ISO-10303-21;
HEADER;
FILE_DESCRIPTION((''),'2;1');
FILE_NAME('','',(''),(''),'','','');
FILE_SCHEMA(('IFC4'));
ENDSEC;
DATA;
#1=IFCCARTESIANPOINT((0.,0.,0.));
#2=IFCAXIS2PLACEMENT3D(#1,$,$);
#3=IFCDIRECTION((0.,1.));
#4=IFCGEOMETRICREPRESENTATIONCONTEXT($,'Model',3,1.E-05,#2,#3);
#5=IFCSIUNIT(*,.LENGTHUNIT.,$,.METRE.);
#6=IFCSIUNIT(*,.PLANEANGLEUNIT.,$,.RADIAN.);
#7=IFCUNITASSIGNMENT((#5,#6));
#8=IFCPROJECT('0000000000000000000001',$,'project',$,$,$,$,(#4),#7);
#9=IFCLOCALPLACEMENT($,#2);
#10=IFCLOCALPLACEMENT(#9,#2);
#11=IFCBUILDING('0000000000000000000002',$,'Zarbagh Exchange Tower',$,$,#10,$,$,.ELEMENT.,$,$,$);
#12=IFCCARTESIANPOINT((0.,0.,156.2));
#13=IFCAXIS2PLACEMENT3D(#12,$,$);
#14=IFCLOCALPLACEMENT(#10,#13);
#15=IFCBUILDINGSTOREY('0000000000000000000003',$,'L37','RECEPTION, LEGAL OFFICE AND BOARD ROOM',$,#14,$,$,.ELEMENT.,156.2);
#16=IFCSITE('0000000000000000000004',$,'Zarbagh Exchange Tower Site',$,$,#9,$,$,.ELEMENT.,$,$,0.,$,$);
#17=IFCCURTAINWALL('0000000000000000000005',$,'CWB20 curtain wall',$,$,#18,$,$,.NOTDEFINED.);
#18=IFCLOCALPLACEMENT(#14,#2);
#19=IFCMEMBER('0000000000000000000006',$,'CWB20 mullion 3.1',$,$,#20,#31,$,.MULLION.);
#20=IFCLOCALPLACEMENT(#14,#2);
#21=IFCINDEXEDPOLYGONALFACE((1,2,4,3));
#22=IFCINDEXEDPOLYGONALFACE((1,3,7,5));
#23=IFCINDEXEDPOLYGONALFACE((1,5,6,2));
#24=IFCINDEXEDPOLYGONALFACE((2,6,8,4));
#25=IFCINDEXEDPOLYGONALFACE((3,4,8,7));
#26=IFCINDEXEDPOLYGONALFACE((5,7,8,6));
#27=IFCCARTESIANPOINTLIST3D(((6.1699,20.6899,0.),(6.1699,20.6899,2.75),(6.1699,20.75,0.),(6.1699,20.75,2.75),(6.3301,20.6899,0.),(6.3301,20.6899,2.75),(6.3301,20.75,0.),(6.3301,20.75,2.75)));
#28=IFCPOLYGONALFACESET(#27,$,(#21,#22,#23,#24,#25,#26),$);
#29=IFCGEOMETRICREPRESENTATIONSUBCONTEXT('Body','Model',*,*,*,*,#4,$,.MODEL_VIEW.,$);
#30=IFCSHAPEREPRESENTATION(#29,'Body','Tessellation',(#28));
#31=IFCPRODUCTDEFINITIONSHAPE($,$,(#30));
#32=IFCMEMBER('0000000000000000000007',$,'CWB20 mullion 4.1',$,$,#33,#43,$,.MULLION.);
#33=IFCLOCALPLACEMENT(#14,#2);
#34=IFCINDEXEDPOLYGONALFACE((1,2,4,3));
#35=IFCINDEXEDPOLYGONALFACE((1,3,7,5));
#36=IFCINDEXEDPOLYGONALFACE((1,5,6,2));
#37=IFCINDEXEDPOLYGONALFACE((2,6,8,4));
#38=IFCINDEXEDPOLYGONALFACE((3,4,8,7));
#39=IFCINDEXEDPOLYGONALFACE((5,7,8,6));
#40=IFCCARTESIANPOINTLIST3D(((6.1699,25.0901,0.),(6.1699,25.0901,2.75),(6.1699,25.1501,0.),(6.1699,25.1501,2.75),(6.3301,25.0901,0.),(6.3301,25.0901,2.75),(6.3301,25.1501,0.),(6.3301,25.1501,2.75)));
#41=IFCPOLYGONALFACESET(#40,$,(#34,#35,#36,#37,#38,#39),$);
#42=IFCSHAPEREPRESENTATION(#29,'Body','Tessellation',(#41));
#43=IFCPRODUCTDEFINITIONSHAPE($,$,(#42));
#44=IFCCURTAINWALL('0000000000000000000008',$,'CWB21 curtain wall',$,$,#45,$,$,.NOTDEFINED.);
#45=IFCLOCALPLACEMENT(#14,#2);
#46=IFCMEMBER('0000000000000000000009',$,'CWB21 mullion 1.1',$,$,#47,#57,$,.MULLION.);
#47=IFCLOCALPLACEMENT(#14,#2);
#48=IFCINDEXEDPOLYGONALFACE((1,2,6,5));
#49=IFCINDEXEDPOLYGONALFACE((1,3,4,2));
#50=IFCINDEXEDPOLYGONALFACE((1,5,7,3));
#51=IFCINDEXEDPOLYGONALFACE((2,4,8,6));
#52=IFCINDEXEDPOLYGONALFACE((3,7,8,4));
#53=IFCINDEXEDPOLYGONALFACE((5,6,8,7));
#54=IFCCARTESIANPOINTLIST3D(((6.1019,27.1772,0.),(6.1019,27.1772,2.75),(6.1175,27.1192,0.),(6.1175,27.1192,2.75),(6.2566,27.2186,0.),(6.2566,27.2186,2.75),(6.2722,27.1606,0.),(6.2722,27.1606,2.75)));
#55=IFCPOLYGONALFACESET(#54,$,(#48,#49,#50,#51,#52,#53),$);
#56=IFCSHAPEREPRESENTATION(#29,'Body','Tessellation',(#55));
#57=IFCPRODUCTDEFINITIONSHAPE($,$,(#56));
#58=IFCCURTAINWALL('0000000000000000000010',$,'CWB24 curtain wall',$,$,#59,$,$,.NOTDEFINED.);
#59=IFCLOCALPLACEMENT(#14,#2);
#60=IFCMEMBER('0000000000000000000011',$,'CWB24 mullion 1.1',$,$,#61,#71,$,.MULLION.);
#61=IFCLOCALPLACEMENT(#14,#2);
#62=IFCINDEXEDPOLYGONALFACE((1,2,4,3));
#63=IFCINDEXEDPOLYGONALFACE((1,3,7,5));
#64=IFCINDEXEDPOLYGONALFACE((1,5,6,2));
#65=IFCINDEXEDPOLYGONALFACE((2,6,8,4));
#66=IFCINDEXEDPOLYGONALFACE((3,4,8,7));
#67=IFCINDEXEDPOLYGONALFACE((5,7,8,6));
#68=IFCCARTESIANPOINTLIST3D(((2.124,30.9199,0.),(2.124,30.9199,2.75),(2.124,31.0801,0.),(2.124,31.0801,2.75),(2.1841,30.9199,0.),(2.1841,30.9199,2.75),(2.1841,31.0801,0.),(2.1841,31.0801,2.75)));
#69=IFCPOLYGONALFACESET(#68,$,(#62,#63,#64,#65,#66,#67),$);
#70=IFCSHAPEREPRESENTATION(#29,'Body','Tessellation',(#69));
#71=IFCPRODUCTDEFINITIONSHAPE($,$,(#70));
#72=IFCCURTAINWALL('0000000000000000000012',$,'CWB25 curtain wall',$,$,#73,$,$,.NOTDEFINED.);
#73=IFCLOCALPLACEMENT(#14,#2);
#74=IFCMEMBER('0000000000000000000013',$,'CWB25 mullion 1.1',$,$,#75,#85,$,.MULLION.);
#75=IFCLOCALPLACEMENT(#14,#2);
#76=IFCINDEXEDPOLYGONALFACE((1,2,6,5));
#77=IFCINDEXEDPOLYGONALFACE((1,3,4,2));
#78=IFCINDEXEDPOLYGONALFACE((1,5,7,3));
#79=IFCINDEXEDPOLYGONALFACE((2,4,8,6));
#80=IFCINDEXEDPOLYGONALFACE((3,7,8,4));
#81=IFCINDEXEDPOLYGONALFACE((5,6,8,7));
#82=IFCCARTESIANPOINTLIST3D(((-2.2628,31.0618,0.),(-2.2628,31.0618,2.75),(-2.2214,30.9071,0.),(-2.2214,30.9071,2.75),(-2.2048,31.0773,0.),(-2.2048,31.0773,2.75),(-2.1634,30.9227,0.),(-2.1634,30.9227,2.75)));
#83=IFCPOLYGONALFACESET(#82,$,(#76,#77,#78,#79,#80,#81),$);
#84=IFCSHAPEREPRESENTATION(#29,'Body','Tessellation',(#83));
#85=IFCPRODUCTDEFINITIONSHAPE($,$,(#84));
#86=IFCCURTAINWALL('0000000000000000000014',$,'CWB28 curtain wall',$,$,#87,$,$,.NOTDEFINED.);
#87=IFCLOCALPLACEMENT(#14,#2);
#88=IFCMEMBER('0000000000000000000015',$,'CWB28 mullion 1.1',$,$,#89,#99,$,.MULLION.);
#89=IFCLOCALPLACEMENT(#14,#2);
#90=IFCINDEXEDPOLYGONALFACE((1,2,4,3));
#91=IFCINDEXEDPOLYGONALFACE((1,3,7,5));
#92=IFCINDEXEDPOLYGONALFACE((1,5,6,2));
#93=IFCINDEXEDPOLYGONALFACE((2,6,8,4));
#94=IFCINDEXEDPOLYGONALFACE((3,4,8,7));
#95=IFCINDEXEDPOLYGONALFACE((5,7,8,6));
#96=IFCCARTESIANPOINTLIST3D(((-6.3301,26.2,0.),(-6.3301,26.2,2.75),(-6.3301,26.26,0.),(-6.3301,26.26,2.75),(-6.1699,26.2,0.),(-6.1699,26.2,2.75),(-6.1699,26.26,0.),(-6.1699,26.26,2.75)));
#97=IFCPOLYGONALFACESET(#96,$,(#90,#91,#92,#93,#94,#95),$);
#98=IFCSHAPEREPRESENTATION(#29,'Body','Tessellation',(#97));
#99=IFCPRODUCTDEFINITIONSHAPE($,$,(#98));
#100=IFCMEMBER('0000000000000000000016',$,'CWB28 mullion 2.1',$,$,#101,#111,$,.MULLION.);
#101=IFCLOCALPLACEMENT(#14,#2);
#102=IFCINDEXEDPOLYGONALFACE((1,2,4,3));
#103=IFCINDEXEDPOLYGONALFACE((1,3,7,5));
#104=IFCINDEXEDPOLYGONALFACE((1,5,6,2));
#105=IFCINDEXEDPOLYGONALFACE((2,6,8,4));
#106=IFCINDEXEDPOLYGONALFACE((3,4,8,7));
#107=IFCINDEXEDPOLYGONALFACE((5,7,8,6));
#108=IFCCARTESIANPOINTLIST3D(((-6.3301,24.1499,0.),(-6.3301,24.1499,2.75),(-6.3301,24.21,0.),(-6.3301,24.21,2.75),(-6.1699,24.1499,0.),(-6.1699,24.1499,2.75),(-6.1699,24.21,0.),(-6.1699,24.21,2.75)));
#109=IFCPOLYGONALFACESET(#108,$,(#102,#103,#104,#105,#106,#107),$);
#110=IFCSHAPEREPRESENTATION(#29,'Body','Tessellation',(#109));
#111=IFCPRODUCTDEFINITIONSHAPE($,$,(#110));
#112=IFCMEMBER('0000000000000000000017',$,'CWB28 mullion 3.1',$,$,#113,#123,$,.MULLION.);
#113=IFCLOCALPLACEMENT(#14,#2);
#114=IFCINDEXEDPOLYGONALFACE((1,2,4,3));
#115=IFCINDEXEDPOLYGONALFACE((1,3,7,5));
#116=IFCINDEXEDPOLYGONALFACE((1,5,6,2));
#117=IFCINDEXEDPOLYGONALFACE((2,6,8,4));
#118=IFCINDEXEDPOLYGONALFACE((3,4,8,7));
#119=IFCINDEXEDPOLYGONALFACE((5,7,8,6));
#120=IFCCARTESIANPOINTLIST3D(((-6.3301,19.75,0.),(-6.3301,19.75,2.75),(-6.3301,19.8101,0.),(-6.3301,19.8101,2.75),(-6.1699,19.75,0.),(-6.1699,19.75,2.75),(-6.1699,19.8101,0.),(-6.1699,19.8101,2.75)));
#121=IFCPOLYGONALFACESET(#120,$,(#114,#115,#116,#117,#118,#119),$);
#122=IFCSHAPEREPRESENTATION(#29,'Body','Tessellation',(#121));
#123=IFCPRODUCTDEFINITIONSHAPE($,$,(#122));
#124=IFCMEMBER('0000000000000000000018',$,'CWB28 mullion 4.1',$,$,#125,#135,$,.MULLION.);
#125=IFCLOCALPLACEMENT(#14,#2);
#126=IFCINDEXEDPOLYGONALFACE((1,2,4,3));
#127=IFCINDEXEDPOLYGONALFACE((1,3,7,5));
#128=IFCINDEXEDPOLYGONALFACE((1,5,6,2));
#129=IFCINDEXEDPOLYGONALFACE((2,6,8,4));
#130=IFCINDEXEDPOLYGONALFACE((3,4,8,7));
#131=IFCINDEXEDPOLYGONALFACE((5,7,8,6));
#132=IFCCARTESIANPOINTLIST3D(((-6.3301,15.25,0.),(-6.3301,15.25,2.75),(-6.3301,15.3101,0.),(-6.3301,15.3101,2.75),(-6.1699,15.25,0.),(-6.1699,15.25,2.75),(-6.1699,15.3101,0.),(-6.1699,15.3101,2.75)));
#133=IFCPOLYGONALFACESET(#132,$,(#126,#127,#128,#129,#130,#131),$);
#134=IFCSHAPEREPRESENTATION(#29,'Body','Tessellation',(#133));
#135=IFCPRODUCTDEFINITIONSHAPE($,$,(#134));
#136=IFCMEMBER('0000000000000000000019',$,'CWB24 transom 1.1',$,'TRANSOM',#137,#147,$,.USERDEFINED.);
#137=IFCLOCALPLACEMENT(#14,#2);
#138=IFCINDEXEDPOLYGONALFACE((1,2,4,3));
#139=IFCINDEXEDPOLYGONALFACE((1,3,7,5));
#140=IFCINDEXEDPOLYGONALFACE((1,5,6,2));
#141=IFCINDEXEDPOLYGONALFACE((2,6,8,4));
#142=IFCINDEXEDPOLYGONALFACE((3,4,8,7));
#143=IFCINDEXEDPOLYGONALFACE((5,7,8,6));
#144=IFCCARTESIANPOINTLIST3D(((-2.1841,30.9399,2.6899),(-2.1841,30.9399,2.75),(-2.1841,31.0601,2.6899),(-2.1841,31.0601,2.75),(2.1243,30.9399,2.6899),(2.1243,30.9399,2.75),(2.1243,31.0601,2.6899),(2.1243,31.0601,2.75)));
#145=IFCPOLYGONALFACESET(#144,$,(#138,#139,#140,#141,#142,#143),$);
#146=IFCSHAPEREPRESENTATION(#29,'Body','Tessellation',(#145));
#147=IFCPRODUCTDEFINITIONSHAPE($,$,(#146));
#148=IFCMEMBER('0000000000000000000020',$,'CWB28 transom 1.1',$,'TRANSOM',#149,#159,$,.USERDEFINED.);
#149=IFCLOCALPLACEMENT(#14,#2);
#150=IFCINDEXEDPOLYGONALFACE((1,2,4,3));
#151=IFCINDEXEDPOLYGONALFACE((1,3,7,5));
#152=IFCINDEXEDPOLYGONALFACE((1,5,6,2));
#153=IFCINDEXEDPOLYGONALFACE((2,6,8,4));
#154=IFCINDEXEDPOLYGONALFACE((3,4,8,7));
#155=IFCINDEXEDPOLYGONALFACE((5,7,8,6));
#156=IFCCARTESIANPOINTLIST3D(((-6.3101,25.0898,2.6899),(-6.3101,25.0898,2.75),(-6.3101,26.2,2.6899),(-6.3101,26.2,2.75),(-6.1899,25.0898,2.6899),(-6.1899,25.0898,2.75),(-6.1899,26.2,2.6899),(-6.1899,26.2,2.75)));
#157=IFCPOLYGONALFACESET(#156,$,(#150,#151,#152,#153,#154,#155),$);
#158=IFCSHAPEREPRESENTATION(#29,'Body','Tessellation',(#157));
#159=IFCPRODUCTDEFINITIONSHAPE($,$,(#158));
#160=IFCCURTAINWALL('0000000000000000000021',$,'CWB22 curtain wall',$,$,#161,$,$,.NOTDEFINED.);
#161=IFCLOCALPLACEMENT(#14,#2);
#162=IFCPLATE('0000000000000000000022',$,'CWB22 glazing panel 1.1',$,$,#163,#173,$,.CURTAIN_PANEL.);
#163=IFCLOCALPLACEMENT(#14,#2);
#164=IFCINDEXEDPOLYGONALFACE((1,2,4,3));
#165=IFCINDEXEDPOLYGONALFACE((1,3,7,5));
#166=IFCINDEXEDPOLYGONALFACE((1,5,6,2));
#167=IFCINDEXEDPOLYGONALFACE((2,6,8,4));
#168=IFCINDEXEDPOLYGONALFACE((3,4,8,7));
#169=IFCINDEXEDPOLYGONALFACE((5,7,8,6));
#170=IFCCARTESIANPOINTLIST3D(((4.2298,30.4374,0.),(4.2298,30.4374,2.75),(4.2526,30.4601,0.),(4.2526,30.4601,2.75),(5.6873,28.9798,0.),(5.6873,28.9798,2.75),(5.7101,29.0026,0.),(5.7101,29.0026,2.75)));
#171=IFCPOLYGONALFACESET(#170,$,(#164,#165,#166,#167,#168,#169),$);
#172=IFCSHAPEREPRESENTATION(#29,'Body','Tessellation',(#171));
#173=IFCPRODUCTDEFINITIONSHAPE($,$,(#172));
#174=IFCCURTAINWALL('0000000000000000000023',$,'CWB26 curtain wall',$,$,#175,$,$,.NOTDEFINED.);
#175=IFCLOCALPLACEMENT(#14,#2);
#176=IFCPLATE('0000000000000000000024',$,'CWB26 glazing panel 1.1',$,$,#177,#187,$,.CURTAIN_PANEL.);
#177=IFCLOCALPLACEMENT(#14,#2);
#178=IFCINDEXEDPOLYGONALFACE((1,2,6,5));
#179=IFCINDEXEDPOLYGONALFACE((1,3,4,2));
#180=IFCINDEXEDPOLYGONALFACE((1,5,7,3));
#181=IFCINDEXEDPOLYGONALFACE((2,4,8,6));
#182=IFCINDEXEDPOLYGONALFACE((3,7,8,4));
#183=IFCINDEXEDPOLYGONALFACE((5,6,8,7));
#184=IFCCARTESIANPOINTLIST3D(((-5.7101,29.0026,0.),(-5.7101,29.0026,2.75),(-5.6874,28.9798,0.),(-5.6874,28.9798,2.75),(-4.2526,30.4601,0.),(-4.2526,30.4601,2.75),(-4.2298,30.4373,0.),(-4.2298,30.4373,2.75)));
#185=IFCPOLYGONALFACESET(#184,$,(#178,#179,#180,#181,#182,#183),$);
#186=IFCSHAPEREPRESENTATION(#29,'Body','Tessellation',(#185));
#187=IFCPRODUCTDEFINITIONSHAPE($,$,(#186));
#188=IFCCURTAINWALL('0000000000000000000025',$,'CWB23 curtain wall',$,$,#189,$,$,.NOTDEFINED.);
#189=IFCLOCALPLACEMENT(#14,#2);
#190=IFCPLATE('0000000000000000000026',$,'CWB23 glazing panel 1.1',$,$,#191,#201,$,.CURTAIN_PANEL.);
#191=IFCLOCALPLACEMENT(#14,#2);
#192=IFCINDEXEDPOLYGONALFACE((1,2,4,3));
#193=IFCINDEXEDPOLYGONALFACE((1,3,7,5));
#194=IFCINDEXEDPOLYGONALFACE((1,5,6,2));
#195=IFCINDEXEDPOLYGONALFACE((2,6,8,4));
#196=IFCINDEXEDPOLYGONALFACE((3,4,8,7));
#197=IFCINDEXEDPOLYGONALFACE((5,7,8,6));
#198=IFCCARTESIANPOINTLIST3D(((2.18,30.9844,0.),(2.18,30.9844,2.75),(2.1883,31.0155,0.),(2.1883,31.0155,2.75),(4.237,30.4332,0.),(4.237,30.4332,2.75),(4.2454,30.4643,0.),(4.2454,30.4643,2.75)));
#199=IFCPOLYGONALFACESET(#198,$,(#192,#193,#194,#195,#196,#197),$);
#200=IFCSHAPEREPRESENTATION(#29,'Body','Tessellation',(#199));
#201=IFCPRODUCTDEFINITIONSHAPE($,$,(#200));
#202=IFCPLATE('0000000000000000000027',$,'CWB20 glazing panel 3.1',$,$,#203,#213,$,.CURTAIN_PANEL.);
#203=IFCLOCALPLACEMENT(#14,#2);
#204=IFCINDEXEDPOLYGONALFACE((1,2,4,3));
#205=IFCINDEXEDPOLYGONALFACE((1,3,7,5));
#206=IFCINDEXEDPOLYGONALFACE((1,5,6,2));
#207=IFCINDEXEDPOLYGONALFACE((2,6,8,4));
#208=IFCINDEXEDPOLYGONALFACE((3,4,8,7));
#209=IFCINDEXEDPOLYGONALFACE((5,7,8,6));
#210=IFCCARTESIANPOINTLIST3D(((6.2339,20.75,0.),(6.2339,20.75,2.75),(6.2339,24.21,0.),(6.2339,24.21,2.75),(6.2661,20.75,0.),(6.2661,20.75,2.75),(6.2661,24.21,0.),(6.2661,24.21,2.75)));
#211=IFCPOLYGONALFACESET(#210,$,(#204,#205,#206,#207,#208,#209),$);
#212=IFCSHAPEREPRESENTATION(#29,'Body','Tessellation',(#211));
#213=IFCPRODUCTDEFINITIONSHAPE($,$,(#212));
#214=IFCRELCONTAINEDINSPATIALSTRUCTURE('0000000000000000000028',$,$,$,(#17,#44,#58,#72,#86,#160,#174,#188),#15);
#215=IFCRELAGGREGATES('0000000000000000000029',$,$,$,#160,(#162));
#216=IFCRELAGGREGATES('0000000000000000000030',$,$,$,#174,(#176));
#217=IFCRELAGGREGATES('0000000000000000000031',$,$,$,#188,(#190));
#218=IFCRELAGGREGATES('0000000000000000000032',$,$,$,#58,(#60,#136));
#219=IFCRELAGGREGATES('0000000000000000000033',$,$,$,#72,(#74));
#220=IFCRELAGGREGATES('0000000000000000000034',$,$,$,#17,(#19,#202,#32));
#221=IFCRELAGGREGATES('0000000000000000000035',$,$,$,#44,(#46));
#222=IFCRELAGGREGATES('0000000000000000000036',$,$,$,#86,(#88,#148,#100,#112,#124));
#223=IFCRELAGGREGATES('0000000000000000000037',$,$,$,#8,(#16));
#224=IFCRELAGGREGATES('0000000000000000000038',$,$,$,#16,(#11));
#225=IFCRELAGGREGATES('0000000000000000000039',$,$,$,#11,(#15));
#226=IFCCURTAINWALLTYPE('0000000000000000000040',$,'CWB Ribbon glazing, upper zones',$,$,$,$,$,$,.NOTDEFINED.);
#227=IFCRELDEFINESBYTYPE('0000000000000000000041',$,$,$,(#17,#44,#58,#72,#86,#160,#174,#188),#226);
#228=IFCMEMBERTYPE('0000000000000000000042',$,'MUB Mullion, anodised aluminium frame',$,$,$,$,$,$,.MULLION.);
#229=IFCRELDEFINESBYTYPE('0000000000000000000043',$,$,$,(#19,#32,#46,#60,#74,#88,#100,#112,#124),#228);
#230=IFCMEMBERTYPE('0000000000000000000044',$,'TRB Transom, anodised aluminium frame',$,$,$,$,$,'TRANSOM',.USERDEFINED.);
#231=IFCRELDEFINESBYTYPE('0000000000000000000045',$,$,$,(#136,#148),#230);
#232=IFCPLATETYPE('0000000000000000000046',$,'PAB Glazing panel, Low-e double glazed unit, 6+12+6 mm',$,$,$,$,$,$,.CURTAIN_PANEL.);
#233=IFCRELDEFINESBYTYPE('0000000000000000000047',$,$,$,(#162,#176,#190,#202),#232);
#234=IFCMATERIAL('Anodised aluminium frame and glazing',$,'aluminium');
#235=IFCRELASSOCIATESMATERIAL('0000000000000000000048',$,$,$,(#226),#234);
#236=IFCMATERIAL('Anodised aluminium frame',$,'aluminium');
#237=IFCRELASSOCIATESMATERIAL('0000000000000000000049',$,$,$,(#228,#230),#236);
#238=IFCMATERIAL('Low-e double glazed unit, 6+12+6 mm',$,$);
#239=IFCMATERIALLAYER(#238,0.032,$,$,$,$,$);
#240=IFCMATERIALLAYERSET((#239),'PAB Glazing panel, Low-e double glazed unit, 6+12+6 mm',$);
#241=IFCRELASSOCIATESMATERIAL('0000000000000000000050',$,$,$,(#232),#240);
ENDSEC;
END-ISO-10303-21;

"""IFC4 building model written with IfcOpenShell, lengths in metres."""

from ifc_helpers import new_model, si_unit, direction, frame, origin, place, context, subcontext, project, spatial, polyline, outline, extrude, source, transform, mapped, material, layer, layer_set, type_object, element, aggregate, save


model = new_model("IFC4")

# Units and contexts
model_context = context("Model", 3, precision=1e-05, world=origin(), true_north=direction((0.0, 1.0)))
body_context = subcontext(model_context, "Body", "Model", "MODEL_VIEW")
ifc_project = project(units=[si_unit("LENGTHUNIT", "METRE"), si_unit("PLANEANGLEUNIT", "RADIAN")], contexts=[model_context])

# Site, building, storey
site_placement = place(None, origin())
site = spatial("IfcSite", under=ifc_project, at=site_placement, Name="Zarbagh Exchange Tower Site", CompositionType="ELEMENT", RefElevation=0.0)
building_placement = place(site_placement, origin())
building = spatial("IfcBuilding", under=site, at=building_placement, Name="Zarbagh Exchange Tower", CompositionType="ELEMENT")
storey_placement = place(building_placement, frame((0.0, 0.0, 156.2)))
storey = spatial("IfcBuildingStorey", under=building, at=storey_placement, Name="L37", Description="RECEPTION, LEGAL OFFICE AND BOARD ROOM", CompositionType="ELEMENT", Elevation=156.2)

# Curtain wall, members
ifc_material_1 = material(Name="Anodised aluminium frame and glazing", Category="aluminium")
curtain_wall_type = type_object("IfcCurtainWallType", Name="CWB Ribbon glazing, upper zones", PredefinedType="NOTDEFINED", material=ifc_material_1)
curtain_wall_1_placement = place(storey_placement, origin())
curtain_wall_1 = element("IfcCurtainWall", 1, at=curtain_wall_1_placement, inside=storey, type_object=curtain_wall_type, Name="CWB20 curtain wall", PredefinedType="NOTDEFINED")
ifc_material_2 = material(Name="Anodised aluminium frame", Category="aluminium")
member_type_1 = type_object("IfcMemberType", Name="MUB Mullion, anodised aluminium frame", PredefinedType="MULLION", material=ifc_material_2)
shared_shape_1 = source(origin(), body_context, "Body", "SweptSolid", [
    extrude(outline(polyline([(0.0, -0.0801), (0.0601, -0.0801), (0.0601, 0.0801), (0.0, 0.0801), (0.0, -0.0801)])), origin(), (0.0, 0.0, 1.0), 2.75),
])
placement = place(storey_placement, origin())
member_1 = element("IfcMember", 2, at=placement, type_object=member_type_1, Name="CWB20 mullion 3.1", PredefinedType="MULLION", context=body_context, shape_type="MappedRepresentation", body=[
    mapped(shared_shape_1, transform((6.25, 20.6899, 0.0), x_axis=(0.0, 1.0, 0.0), y_axis=(-1.0, 0.0, 0.0), z_axis=(0.0, 0.0, 1.0))),
])
member_2 = element("IfcMember", 3, at=placement, type_object=member_type_1, Name="CWB20 mullion 4.1", PredefinedType="MULLION", context=body_context, shape_type="MappedRepresentation", body=[
    mapped(shared_shape_1, transform((6.25, 25.0901, 0.0), x_axis=(0.0, 1.0, 0.0), y_axis=(-1.0, 0.0, 0.0), z_axis=(0.0, 0.0, 1.0))),
])

# Curtain walls, members
curtain_wall_2_placement = place(storey_placement, origin())
curtain_wall_2 = element("IfcCurtainWall", 4, at=curtain_wall_2_placement, inside=storey, type_object=curtain_wall_type, Name="CWB21 curtain wall", PredefinedType="NOTDEFINED")
member_3 = element("IfcMember", 5, at=placement, type_object=member_type_1, Name="CWB21 mullion 1.1", PredefinedType="MULLION", context=body_context, shape_type="MappedRepresentation", body=[
    mapped(shared_shape_1, transform((6.1948, 27.1399, 0.0), x_axis=(-0.258825, 0.965924, 0.0), y_axis=(-0.965924, -0.258825, 0.0), z_axis=(0.0, 0.0, 1.0))),
])
curtain_wall_3_placement = place(storey_placement, origin())
curtain_wall_3 = element("IfcCurtainWall", 6, at=curtain_wall_3_placement, inside=storey, type_object=curtain_wall_type, Name="CWB24 curtain wall", PredefinedType="NOTDEFINED")
member_4 = element("IfcMember", 7, at=placement, type_object=member_type_1, Name="CWB24 mullion 1.1", PredefinedType="MULLION", context=body_context, shape_type="MappedRepresentation", body=[
    mapped(shared_shape_1, transform((2.1841, 31.0, 0.0), x_axis=(-1.0, 0.0, 0.0), y_axis=(0.0, -1.0, 0.0), z_axis=(0.0, 0.0, 1.0))),
])
curtain_wall_4_placement = place(storey_placement, origin())
curtain_wall_4 = element("IfcCurtainWall", 8, at=curtain_wall_4_placement, inside=storey, type_object=curtain_wall_type, Name="CWB25 curtain wall", PredefinedType="NOTDEFINED")
member_5 = element("IfcMember", 9, at=placement, type_object=member_type_1, Name="CWB25 mullion 1.1", PredefinedType="MULLION", context=body_context, shape_type="MappedRepresentation", body=[
    mapped(shared_shape_1, transform((-2.1841, 31.0, 0.0), x_axis=(-0.965924, -0.258825, 0.0), y_axis=(0.258825, -0.965924, 0.0), z_axis=(0.0, 0.0, 1.0))),
])

# Curtain wall, members
curtain_wall_5_placement = place(storey_placement, origin())
curtain_wall_5 = element("IfcCurtainWall", 10, at=curtain_wall_5_placement, inside=storey, type_object=curtain_wall_type, Name="CWB28 curtain wall", PredefinedType="NOTDEFINED")
member_6 = element("IfcMember", 11, at=placement, type_object=member_type_1, Name="CWB28 mullion 1.1", PredefinedType="MULLION", context=body_context, shape_type="MappedRepresentation", body=[
    mapped(shared_shape_1, transform((-6.25, 26.26, 0.0), x_axis=(0.0, -1.0, 0.0), y_axis=(1.0, 0.0, 0.0), z_axis=(0.0, 0.0, 1.0))),
])
member_7 = element("IfcMember", 12, at=placement, type_object=member_type_1, Name="CWB28 mullion 2.1", PredefinedType="MULLION", context=body_context, shape_type="MappedRepresentation", body=[
    mapped(shared_shape_1, transform((-6.25, 24.21, 0.0), x_axis=(0.0, -1.0, 0.0), y_axis=(1.0, 0.0, 0.0), z_axis=(0.0, 0.0, 1.0))),
])
member_8 = element("IfcMember", 13, at=placement, type_object=member_type_1, Name="CWB28 mullion 3.1", PredefinedType="MULLION", context=body_context, shape_type="MappedRepresentation", body=[
    mapped(shared_shape_1, transform((-6.25, 19.8101, 0.0), x_axis=(0.0, -1.0, 0.0), y_axis=(1.0, 0.0, 0.0), z_axis=(0.0, 0.0, 1.0))),
])
member_9 = element("IfcMember", 14, at=placement, type_object=member_type_1, Name="CWB28 mullion 4.1", PredefinedType="MULLION", context=body_context, shape_type="MappedRepresentation", body=[
    mapped(shared_shape_1, transform((-6.25, 15.3101, 0.0), x_axis=(0.0, -1.0, 0.0), y_axis=(1.0, 0.0, 0.0), z_axis=(0.0, 0.0, 1.0))),
])

# Members
member_type_2 = type_object("IfcMemberType", Name="TRB Transom, anodised aluminium frame", ElementType="TRANSOM", PredefinedType="USERDEFINED", material=ifc_material_2)
shared_shape_2 = source(origin(), body_context, "Body", "SweptSolid", [
    extrude(outline(polyline([(-0.0601, -0.0601), (0.0, -0.0601), (0.0, 0.0601), (-0.0601, 0.0601), (-0.0601, -0.0601)])), origin(), (0.0, 0.0, 1.0), 4.3083),
])
member_10 = element("IfcMember", 15, at=placement, type_object=member_type_2, Name="CWB24 transom 1.1", ObjectType="TRANSOM", PredefinedType="USERDEFINED", context=body_context, shape_type="MappedRepresentation", body=[
    mapped(shared_shape_2, transform((2.1243, 31.0, 2.75), x_axis=(0.0, 0.0, 1.0), y_axis=(0.0, 1.0, 0.0), z_axis=(-1.0, 0.0, 0.0))),
])
shared_shape_3 = source(origin(), body_context, "Body", "SweptSolid", [
    extrude(outline(polyline([(-0.0601, -0.0601), (0.0, -0.0601), (0.0, 0.0601), (-0.0601, 0.0601), (-0.0601, -0.0601)])), origin(), (0.0, 0.0, 1.0), 1.1101),
])
member_11 = element("IfcMember", 16, at=placement, type_object=member_type_2, Name="CWB28 transom 1.1", ObjectType="TRANSOM", PredefinedType="USERDEFINED", context=body_context, shape_type="MappedRepresentation", body=[
    mapped(shared_shape_3, transform((-6.25, 26.2, 2.75), x_axis=(0.0, 0.0, 1.0), y_axis=(-1.0, 0.0, 0.0), z_axis=(0.0, -1.0, 0.0))),
])

# Curtain walls, plates
curtain_wall_6_placement = place(storey_placement, origin())
curtain_wall_6 = element("IfcCurtainWall", 17, at=curtain_wall_6_placement, inside=storey, type_object=curtain_wall_type, Name="CWB22 curtain wall", PredefinedType="NOTDEFINED")
ifc_material_3 = material(Name="Low-e double glazed unit, 6+12+6 mm")
ifc_layer = layer(ifc_material_3, 0.032)
ifc_layer_set = layer_set([ifc_layer], Name="PAB Glazing panel, Low-e double glazed unit, 6+12+6 mm")
plate_type = type_object("IfcPlateType", Name="PAB Glazing panel, Low-e double glazed unit, 6+12+6 mm", PredefinedType="CURTAIN_PANEL", material=ifc_layer_set)
shared_shape_4 = source(origin(), body_context, "Body", "SweptSolid", [
    extrude(outline(polyline([(0.0, -0.0161), (2.0613, -0.0161), (2.0613, 0.0161), (0.0, 0.0161), (0.0, -0.0161)])), origin(), (0.0, 0.0, 1.0), 2.75),
])
plate_1 = element("IfcPlate", 18, at=placement, type_object=plate_type, Name="CWB22 glazing panel 1.1", PredefinedType="CURTAIN_PANEL", context=body_context, shape_type="MappedRepresentation", body=[
    mapped(shared_shape_4, transform((5.6987, 28.9912, 0.0), x_axis=(-0.707107, 0.707107, 0.0), y_axis=(-0.707107, -0.707107, 0.0), z_axis=(0.0, 0.0, 1.0))),
])
aggregate(curtain_wall_6, [plate_1])
curtain_wall_7_placement = place(storey_placement, origin())
curtain_wall_7 = element("IfcCurtainWall", 19, at=curtain_wall_7_placement, inside=storey, type_object=curtain_wall_type, Name="CWB26 curtain wall", PredefinedType="NOTDEFINED")
plate_2 = element("IfcPlate", 20, at=placement, type_object=plate_type, Name="CWB26 glazing panel 1.1", PredefinedType="CURTAIN_PANEL", context=body_context, shape_type="MappedRepresentation", body=[
    mapped(shared_shape_4, transform((-4.2412, 30.4487, 0.0), x_axis=(-0.707107, -0.707107, 0.0), y_axis=(0.707107, -0.707107, 0.0), z_axis=(0.0, 0.0, 1.0))),
])
aggregate(curtain_wall_7, [plate_2])
curtain_wall_8_placement = place(storey_placement, origin())
curtain_wall_8 = element("IfcCurtainWall", 21, at=curtain_wall_8_placement, inside=storey, type_object=curtain_wall_type, Name="CWB23 curtain wall", PredefinedType="NOTDEFINED")
shared_shape_5 = source(origin(), body_context, "Body", "SweptSolid", [
    extrude(outline(polyline([(0.0, -0.0161), (2.1296, -0.0161), (2.1296, 0.0161), (0.0, 0.0161), (0.0, -0.0161)])), origin(), (0.0, 0.0, 1.0), 2.75),
])
plate_3 = element("IfcPlate", 22, at=placement, type_object=plate_type, Name="CWB23 glazing panel 1.1", PredefinedType="CURTAIN_PANEL", context=body_context, shape_type="MappedRepresentation", body=[
    mapped(shared_shape_5, transform((4.2412, 30.4487, 0.0), x_axis=(-0.965924, 0.258825, 0.0), y_axis=(-0.258825, -0.965924, 0.0), z_axis=(0.0, 0.0, 1.0))),
])
aggregate(curtain_wall_8, [plate_3])

# Plate
shared_shape_6 = source(origin(), body_context, "Body", "SweptSolid", [
    extrude(outline(polyline([(0.0, -0.0161), (3.46, -0.0161), (3.46, 0.0161), (0.0, 0.0161), (0.0, -0.0161)])), origin(), (0.0, 0.0, 1.0), 2.75),
])
plate_4 = element("IfcPlate", 23, at=placement, type_object=plate_type, Name="CWB20 glazing panel 3.1", PredefinedType="CURTAIN_PANEL", context=body_context, shape_type="MappedRepresentation", body=[
    mapped(shared_shape_6, transform((6.25, 20.75, 0.0), x_axis=(0.0, 1.0, 0.0), y_axis=(-1.0, 0.0, 0.0), z_axis=(0.0, 0.0, 1.0))),
])
aggregate(curtain_wall_3, [member_4, member_10])
aggregate(curtain_wall_4, [member_5])
aggregate(curtain_wall_1, [member_1, plate_4, member_2])
aggregate(curtain_wall_2, [member_3])

aggregate(curtain_wall_5, [member_6, member_11, member_7, member_8, member_9])

save(model, "model.ifc")
